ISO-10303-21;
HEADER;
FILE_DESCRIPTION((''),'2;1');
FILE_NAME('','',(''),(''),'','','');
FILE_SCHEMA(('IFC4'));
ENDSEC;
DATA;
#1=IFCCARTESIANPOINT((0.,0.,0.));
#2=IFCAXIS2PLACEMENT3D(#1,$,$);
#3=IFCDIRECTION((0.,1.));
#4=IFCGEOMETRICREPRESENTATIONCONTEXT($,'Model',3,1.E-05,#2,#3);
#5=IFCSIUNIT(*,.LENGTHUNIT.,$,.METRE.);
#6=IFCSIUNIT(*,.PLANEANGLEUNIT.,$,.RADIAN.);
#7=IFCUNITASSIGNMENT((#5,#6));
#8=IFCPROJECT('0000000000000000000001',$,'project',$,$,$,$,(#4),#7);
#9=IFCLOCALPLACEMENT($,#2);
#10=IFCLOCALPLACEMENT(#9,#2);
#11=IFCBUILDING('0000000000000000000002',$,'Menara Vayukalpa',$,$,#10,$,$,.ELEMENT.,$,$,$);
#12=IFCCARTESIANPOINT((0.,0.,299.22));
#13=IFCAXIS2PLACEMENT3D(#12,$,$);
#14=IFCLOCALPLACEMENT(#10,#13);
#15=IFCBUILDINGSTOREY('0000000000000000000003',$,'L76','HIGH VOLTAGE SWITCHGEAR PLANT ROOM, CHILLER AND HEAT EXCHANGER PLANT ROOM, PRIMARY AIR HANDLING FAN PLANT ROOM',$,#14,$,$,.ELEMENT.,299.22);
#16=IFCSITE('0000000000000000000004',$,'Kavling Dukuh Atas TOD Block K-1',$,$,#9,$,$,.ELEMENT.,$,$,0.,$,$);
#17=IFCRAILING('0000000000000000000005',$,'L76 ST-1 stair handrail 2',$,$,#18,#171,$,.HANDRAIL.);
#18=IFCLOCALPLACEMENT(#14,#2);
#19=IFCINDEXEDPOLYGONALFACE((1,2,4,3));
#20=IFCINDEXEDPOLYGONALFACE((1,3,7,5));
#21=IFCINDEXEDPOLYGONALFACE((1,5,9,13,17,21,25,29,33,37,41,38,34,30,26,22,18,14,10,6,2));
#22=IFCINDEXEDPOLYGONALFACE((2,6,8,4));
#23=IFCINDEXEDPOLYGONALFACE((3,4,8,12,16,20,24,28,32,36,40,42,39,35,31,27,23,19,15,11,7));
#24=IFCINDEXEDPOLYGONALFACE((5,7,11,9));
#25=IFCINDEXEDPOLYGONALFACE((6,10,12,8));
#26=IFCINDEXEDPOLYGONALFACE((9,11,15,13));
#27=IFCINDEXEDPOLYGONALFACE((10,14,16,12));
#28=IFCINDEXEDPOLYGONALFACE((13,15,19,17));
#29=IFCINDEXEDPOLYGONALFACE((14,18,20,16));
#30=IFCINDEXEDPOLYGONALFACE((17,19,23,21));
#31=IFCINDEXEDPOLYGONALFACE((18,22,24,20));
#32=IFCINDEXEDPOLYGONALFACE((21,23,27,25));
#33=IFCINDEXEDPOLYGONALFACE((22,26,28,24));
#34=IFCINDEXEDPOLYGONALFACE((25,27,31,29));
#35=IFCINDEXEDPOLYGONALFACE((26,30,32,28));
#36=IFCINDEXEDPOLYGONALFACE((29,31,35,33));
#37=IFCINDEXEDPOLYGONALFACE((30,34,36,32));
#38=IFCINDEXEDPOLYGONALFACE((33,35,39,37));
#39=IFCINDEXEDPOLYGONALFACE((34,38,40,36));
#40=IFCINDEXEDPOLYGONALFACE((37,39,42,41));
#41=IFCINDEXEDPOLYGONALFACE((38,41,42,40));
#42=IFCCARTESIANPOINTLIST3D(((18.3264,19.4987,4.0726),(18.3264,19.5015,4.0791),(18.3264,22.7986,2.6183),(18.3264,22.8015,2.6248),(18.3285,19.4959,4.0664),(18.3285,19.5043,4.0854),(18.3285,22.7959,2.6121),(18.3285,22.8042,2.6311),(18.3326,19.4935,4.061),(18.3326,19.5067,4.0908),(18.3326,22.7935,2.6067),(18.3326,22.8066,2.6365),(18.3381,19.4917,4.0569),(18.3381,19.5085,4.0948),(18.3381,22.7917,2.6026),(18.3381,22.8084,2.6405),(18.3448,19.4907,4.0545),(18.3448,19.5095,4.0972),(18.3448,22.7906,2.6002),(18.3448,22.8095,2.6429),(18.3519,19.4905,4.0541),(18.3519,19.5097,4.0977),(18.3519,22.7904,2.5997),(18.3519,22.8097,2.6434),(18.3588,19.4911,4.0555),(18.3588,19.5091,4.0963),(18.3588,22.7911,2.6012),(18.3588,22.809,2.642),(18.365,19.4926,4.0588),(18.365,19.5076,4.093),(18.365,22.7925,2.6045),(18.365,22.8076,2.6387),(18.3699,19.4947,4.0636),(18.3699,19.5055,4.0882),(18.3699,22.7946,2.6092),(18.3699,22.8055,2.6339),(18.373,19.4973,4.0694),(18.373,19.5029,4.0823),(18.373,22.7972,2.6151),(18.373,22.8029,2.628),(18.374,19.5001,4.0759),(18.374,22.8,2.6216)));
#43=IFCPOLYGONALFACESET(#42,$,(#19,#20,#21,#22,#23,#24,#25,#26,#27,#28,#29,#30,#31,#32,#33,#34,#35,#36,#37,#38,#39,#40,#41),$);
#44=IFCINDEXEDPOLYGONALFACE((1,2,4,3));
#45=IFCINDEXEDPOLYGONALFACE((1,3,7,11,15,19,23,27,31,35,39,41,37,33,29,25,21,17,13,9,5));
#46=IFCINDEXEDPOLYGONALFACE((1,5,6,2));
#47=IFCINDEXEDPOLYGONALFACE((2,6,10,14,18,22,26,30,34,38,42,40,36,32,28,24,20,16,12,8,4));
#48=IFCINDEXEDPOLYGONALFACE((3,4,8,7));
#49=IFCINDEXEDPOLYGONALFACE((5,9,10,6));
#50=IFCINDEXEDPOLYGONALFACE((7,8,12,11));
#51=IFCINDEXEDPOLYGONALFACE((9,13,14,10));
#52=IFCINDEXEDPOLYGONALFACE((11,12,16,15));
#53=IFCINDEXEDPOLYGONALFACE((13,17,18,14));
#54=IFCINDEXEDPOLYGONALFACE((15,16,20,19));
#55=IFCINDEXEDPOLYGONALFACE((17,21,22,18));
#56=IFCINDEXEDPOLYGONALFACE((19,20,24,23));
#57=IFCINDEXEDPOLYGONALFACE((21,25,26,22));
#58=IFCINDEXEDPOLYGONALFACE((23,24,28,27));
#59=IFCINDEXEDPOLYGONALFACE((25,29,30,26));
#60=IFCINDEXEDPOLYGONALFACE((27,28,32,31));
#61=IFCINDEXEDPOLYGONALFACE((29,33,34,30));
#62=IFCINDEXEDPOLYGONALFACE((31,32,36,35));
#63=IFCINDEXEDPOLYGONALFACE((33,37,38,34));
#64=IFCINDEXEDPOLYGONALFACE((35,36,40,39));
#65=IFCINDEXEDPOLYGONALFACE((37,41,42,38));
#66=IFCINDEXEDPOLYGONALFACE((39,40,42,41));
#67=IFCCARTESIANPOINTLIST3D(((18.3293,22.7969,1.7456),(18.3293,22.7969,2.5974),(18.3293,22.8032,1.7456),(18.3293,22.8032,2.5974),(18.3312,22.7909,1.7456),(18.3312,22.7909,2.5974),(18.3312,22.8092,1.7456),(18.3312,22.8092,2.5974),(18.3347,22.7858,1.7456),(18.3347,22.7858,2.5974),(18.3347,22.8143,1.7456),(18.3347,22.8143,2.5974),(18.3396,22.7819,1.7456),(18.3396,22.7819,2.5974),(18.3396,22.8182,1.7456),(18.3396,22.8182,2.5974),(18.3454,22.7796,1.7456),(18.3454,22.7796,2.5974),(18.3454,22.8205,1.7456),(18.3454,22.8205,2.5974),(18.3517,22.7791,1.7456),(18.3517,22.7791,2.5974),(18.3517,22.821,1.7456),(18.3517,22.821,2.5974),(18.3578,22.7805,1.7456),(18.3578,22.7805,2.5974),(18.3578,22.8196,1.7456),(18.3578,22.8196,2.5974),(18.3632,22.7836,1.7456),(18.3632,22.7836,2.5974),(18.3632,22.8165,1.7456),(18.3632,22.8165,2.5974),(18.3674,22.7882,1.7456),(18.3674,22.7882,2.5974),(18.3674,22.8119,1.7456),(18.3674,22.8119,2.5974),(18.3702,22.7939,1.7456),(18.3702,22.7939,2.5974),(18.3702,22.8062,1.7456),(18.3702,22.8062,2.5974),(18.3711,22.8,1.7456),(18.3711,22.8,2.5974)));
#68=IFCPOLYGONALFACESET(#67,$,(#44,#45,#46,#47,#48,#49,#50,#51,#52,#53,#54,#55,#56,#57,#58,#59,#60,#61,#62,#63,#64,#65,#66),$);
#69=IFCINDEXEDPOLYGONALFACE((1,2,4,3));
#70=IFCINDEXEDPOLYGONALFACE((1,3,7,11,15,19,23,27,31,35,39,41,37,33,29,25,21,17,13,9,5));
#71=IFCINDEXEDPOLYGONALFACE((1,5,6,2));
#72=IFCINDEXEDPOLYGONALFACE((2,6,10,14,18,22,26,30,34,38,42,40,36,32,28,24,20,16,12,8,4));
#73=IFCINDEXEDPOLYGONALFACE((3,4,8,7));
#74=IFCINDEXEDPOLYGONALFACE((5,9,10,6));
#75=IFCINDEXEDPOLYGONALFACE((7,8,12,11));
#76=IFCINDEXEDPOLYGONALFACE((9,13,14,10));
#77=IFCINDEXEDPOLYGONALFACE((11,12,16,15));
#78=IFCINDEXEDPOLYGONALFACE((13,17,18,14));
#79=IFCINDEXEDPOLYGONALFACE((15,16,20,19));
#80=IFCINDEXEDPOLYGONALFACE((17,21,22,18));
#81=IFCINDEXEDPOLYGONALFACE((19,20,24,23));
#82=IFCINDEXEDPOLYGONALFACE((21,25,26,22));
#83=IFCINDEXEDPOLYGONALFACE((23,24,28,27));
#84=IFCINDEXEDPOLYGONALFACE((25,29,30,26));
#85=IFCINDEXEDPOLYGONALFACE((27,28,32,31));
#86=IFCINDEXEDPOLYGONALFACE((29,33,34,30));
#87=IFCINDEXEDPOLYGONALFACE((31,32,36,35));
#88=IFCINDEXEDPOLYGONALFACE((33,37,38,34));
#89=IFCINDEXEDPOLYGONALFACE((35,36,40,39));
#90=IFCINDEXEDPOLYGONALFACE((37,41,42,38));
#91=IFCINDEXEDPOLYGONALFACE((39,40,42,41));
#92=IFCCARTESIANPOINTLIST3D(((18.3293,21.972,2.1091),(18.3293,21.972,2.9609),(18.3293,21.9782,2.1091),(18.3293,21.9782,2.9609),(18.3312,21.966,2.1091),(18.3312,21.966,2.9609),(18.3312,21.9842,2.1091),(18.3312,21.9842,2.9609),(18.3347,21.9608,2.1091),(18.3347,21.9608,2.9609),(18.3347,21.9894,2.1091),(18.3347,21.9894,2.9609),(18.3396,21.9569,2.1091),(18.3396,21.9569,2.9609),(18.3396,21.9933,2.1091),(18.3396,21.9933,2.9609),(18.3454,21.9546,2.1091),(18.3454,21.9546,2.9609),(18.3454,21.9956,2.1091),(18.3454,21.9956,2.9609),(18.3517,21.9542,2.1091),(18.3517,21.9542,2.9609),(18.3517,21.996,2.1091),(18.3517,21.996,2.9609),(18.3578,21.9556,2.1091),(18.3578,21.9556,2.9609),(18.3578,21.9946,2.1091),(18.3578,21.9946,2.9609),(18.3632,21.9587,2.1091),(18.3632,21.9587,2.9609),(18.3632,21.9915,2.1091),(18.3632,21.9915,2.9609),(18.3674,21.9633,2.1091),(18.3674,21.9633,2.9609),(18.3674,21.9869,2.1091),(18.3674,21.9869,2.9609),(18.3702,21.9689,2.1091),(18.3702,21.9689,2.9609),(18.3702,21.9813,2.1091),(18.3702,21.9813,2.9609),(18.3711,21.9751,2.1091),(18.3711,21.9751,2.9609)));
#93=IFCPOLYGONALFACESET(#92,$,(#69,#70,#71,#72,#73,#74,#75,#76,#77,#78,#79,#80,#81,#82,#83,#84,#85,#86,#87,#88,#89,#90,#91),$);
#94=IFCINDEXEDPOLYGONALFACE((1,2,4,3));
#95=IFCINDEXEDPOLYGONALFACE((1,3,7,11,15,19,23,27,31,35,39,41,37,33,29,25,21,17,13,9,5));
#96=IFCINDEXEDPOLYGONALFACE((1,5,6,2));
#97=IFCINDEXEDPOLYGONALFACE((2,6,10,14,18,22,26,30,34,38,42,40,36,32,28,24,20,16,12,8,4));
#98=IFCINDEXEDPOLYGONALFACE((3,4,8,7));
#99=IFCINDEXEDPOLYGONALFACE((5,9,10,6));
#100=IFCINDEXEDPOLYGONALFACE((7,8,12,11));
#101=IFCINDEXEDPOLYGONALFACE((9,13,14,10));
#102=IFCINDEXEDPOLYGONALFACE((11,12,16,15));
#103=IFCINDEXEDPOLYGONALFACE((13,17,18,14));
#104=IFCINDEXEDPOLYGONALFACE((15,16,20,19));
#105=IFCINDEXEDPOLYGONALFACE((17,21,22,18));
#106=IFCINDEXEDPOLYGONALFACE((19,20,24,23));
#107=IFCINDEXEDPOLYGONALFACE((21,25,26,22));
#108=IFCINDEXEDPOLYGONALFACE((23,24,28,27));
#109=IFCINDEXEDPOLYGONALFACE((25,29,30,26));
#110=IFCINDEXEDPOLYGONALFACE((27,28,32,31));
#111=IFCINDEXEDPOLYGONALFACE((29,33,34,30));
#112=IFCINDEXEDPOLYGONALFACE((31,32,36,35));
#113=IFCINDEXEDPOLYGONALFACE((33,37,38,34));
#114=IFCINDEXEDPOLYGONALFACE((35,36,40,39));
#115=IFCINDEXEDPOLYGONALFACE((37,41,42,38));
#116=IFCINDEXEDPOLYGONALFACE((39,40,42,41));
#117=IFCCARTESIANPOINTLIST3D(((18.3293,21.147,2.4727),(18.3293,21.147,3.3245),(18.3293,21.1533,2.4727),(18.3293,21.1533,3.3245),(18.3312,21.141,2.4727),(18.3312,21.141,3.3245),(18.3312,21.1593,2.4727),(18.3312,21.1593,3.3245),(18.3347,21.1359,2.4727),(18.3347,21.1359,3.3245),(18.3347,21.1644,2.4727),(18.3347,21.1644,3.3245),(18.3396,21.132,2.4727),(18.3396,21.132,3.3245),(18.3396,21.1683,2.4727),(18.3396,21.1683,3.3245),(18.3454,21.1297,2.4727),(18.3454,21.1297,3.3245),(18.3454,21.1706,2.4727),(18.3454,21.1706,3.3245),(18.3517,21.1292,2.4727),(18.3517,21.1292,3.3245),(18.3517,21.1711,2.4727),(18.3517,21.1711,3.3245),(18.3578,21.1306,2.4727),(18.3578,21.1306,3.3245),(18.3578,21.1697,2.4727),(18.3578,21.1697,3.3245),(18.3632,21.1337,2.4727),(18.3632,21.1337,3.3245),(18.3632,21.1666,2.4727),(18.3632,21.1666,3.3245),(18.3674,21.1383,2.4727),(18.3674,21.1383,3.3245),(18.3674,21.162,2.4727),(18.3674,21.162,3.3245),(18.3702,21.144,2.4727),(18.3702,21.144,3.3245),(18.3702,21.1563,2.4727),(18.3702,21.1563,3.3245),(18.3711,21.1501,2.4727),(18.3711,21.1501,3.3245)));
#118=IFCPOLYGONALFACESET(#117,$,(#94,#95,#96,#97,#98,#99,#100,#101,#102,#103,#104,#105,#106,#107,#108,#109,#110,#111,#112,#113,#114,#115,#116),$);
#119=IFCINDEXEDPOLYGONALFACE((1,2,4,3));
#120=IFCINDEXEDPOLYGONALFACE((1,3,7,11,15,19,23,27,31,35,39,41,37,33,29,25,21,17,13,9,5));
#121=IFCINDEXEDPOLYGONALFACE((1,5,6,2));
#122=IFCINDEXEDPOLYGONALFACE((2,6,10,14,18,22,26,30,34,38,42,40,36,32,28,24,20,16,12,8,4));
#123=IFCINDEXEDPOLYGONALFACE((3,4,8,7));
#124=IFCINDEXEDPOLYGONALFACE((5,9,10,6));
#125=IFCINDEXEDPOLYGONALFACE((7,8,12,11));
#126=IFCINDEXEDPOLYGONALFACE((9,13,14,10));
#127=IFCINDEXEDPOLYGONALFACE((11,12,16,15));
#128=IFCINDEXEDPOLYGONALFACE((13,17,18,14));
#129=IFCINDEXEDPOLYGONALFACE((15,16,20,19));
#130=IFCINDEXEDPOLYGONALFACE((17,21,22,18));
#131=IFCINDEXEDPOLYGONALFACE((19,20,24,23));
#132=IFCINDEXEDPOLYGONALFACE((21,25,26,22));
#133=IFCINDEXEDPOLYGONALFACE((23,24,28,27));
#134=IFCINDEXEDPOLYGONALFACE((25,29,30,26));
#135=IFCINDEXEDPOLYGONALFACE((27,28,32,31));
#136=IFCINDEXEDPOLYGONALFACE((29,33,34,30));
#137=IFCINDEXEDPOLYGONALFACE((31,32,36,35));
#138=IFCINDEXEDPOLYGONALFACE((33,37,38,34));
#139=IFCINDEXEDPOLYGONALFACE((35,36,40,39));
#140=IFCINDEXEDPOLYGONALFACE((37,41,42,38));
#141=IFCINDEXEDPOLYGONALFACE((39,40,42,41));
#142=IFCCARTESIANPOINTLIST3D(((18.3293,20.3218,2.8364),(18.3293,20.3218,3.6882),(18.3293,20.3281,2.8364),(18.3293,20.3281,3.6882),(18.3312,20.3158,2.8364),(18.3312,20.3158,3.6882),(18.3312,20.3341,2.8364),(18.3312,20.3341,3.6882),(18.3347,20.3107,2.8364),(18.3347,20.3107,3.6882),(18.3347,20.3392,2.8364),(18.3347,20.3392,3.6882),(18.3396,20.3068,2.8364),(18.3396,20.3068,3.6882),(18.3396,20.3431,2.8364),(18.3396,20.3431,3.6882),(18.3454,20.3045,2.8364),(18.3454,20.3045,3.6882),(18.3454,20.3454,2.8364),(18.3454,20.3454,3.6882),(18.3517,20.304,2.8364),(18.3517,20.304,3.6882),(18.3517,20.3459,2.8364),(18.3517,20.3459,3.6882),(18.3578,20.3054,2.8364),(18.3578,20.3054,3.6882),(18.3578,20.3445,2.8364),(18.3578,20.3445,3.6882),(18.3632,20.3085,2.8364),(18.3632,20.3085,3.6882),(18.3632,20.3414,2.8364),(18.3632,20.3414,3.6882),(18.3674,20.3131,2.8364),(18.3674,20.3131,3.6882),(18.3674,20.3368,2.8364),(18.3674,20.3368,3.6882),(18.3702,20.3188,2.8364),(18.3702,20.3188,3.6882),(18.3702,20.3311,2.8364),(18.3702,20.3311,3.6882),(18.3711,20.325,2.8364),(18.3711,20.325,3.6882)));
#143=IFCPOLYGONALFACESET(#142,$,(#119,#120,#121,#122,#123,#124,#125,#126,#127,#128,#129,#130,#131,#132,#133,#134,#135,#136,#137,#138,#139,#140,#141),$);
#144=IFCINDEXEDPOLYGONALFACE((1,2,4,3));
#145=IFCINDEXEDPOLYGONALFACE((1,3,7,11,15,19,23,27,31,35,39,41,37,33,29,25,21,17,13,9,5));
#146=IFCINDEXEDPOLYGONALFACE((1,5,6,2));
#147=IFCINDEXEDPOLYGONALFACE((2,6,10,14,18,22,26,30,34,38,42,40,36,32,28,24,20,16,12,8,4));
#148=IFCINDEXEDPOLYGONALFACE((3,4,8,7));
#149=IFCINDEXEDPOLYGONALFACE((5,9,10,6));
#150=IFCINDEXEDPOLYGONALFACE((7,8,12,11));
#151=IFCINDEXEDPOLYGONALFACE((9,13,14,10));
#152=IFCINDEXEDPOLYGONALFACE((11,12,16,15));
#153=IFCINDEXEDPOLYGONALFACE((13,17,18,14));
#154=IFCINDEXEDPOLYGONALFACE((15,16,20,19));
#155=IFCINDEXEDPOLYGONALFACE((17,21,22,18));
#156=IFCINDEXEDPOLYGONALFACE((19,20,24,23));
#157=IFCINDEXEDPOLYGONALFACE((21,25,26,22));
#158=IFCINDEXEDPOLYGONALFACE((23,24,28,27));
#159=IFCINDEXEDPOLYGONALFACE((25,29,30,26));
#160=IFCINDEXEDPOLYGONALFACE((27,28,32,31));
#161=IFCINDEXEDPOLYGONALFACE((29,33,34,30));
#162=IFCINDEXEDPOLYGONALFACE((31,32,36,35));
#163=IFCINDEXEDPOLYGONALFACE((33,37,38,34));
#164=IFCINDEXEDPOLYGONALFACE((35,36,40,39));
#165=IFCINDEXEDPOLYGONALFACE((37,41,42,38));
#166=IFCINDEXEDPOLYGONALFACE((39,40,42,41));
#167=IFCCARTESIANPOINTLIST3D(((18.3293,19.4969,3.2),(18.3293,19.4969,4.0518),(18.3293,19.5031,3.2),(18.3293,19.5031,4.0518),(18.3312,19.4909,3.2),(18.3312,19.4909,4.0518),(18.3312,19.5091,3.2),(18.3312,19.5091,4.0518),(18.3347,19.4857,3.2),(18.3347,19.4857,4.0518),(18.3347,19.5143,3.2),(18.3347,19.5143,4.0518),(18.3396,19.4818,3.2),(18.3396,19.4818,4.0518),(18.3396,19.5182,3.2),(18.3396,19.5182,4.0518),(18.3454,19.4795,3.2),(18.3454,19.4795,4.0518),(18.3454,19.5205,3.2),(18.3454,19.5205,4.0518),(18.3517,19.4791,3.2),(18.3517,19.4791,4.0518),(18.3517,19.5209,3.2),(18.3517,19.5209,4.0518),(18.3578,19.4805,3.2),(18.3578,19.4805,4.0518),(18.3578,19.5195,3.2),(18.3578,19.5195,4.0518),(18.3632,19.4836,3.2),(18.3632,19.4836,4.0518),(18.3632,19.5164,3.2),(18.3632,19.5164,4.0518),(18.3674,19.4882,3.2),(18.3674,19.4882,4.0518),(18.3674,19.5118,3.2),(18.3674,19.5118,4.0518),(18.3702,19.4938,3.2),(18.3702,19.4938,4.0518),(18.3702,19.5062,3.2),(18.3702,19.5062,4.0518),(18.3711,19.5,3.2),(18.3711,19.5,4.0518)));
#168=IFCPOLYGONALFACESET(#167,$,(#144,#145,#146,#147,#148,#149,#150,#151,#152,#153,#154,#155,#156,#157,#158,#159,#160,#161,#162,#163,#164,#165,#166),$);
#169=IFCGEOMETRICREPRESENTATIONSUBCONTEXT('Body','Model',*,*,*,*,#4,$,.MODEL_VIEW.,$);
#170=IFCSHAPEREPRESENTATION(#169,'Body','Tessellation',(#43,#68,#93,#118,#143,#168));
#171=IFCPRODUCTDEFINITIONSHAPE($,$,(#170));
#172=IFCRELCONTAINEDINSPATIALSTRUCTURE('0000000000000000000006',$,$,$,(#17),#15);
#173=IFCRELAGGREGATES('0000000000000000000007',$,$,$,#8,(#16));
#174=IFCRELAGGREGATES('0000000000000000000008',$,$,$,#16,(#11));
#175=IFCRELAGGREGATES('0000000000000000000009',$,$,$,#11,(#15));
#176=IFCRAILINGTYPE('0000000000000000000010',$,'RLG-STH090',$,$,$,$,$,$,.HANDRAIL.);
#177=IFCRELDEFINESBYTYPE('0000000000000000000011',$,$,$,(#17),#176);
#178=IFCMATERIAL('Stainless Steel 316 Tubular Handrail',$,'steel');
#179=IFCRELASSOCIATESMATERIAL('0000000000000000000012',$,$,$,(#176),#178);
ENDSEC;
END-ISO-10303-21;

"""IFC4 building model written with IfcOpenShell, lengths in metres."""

from ifc_helpers import new_model, si_unit, direction, frame, origin, origin_2d, place, context, subcontext, project, spatial, circle, extrude, material, type_object, element, save


model = new_model("IFC4")

# Units and contexts
model_context = context("Model", 3, precision=1e-05, world=origin(), true_north=direction((0.0, 1.0)))
body_context = subcontext(model_context, "Body", "Model", "MODEL_VIEW")
ifc_project = project(units=[si_unit("LENGTHUNIT", "METRE"), si_unit("PLANEANGLEUNIT", "RADIAN")], contexts=[model_context])

# Site, building, storey
site_placement = place(None, origin())
site = spatial("IfcSite", under=ifc_project, at=site_placement, Name="Kavling Dukuh Atas TOD Block K-1", CompositionType="ELEMENT", RefElevation=0.0)
building_placement = place(site_placement, origin())
building = spatial("IfcBuilding", under=site, at=building_placement, Name="Menara Vayukalpa", CompositionType="ELEMENT")
storey_placement = place(building_placement, frame((0.0, 0.0, 299.22)))
storey = spatial("IfcBuildingStorey", under=building, at=storey_placement, Name="L76", Description="HIGH VOLTAGE SWITCHGEAR PLANT ROOM, CHILLER AND HEAT EXCHANGER PLANT ROOM, PRIMARY AIR HANDLING FAN PLANT ROOM", CompositionType="ELEMENT", Elevation=299.22)

# Railing
ifc_material_1 = material(Name="Stainless Steel 316 Tubular Handrail", Category="steel")
railing_type_1 = type_object("IfcRailingType", Name="RLG-STH090", PredefinedType="HANDRAIL", material=ifc_material_1)
railing_1_placement = place(storey_placement, frame((18.3501, 22.8, 1.7456)))
element("IfcRailing", 1, at=railing_1_placement, inside=storey, type_object=railing_type_1, Name="L76 ST-1 stair handrail 2", PredefinedType="HANDRAIL", context=body_context, shape_type="SweptSolid", body=[
    extrude(circle(Radius=0.0239, at=origin_2d()), frame((0.0, 0.0, 0.876), z_axis=(0.0, -0.915077, 0.403278), x_axis=(1.0, 0.0, 0.0)), (0.0, 0.0, 1.0), 3.6062),
    extrude(circle(Radius=0.021, at=origin_2d()), origin(), (0.0, 0.0, 1.0), 0.8518),
    extrude(circle(Radius=0.021, at=origin_2d()), frame((0.0, -0.825, 0.3635)), (0.0, 0.0, 1.0), 0.8518),
    extrude(circle(Radius=0.021, at=origin_2d()), frame((0.0, -1.6499, 0.7271)), (0.0, 0.0, 1.0), 0.8518),
    extrude(circle(Radius=0.021, at=origin_2d()), frame((0.0, -2.4751, 1.0908)), (0.0, 0.0, 1.0), 0.8518),
    extrude(circle(Radius=0.021, at=origin_2d()), frame((0.0, -3.3, 1.4543)), (0.0, 0.0, 1.0), 0.8518),
])

save(model, "model.ifc")
